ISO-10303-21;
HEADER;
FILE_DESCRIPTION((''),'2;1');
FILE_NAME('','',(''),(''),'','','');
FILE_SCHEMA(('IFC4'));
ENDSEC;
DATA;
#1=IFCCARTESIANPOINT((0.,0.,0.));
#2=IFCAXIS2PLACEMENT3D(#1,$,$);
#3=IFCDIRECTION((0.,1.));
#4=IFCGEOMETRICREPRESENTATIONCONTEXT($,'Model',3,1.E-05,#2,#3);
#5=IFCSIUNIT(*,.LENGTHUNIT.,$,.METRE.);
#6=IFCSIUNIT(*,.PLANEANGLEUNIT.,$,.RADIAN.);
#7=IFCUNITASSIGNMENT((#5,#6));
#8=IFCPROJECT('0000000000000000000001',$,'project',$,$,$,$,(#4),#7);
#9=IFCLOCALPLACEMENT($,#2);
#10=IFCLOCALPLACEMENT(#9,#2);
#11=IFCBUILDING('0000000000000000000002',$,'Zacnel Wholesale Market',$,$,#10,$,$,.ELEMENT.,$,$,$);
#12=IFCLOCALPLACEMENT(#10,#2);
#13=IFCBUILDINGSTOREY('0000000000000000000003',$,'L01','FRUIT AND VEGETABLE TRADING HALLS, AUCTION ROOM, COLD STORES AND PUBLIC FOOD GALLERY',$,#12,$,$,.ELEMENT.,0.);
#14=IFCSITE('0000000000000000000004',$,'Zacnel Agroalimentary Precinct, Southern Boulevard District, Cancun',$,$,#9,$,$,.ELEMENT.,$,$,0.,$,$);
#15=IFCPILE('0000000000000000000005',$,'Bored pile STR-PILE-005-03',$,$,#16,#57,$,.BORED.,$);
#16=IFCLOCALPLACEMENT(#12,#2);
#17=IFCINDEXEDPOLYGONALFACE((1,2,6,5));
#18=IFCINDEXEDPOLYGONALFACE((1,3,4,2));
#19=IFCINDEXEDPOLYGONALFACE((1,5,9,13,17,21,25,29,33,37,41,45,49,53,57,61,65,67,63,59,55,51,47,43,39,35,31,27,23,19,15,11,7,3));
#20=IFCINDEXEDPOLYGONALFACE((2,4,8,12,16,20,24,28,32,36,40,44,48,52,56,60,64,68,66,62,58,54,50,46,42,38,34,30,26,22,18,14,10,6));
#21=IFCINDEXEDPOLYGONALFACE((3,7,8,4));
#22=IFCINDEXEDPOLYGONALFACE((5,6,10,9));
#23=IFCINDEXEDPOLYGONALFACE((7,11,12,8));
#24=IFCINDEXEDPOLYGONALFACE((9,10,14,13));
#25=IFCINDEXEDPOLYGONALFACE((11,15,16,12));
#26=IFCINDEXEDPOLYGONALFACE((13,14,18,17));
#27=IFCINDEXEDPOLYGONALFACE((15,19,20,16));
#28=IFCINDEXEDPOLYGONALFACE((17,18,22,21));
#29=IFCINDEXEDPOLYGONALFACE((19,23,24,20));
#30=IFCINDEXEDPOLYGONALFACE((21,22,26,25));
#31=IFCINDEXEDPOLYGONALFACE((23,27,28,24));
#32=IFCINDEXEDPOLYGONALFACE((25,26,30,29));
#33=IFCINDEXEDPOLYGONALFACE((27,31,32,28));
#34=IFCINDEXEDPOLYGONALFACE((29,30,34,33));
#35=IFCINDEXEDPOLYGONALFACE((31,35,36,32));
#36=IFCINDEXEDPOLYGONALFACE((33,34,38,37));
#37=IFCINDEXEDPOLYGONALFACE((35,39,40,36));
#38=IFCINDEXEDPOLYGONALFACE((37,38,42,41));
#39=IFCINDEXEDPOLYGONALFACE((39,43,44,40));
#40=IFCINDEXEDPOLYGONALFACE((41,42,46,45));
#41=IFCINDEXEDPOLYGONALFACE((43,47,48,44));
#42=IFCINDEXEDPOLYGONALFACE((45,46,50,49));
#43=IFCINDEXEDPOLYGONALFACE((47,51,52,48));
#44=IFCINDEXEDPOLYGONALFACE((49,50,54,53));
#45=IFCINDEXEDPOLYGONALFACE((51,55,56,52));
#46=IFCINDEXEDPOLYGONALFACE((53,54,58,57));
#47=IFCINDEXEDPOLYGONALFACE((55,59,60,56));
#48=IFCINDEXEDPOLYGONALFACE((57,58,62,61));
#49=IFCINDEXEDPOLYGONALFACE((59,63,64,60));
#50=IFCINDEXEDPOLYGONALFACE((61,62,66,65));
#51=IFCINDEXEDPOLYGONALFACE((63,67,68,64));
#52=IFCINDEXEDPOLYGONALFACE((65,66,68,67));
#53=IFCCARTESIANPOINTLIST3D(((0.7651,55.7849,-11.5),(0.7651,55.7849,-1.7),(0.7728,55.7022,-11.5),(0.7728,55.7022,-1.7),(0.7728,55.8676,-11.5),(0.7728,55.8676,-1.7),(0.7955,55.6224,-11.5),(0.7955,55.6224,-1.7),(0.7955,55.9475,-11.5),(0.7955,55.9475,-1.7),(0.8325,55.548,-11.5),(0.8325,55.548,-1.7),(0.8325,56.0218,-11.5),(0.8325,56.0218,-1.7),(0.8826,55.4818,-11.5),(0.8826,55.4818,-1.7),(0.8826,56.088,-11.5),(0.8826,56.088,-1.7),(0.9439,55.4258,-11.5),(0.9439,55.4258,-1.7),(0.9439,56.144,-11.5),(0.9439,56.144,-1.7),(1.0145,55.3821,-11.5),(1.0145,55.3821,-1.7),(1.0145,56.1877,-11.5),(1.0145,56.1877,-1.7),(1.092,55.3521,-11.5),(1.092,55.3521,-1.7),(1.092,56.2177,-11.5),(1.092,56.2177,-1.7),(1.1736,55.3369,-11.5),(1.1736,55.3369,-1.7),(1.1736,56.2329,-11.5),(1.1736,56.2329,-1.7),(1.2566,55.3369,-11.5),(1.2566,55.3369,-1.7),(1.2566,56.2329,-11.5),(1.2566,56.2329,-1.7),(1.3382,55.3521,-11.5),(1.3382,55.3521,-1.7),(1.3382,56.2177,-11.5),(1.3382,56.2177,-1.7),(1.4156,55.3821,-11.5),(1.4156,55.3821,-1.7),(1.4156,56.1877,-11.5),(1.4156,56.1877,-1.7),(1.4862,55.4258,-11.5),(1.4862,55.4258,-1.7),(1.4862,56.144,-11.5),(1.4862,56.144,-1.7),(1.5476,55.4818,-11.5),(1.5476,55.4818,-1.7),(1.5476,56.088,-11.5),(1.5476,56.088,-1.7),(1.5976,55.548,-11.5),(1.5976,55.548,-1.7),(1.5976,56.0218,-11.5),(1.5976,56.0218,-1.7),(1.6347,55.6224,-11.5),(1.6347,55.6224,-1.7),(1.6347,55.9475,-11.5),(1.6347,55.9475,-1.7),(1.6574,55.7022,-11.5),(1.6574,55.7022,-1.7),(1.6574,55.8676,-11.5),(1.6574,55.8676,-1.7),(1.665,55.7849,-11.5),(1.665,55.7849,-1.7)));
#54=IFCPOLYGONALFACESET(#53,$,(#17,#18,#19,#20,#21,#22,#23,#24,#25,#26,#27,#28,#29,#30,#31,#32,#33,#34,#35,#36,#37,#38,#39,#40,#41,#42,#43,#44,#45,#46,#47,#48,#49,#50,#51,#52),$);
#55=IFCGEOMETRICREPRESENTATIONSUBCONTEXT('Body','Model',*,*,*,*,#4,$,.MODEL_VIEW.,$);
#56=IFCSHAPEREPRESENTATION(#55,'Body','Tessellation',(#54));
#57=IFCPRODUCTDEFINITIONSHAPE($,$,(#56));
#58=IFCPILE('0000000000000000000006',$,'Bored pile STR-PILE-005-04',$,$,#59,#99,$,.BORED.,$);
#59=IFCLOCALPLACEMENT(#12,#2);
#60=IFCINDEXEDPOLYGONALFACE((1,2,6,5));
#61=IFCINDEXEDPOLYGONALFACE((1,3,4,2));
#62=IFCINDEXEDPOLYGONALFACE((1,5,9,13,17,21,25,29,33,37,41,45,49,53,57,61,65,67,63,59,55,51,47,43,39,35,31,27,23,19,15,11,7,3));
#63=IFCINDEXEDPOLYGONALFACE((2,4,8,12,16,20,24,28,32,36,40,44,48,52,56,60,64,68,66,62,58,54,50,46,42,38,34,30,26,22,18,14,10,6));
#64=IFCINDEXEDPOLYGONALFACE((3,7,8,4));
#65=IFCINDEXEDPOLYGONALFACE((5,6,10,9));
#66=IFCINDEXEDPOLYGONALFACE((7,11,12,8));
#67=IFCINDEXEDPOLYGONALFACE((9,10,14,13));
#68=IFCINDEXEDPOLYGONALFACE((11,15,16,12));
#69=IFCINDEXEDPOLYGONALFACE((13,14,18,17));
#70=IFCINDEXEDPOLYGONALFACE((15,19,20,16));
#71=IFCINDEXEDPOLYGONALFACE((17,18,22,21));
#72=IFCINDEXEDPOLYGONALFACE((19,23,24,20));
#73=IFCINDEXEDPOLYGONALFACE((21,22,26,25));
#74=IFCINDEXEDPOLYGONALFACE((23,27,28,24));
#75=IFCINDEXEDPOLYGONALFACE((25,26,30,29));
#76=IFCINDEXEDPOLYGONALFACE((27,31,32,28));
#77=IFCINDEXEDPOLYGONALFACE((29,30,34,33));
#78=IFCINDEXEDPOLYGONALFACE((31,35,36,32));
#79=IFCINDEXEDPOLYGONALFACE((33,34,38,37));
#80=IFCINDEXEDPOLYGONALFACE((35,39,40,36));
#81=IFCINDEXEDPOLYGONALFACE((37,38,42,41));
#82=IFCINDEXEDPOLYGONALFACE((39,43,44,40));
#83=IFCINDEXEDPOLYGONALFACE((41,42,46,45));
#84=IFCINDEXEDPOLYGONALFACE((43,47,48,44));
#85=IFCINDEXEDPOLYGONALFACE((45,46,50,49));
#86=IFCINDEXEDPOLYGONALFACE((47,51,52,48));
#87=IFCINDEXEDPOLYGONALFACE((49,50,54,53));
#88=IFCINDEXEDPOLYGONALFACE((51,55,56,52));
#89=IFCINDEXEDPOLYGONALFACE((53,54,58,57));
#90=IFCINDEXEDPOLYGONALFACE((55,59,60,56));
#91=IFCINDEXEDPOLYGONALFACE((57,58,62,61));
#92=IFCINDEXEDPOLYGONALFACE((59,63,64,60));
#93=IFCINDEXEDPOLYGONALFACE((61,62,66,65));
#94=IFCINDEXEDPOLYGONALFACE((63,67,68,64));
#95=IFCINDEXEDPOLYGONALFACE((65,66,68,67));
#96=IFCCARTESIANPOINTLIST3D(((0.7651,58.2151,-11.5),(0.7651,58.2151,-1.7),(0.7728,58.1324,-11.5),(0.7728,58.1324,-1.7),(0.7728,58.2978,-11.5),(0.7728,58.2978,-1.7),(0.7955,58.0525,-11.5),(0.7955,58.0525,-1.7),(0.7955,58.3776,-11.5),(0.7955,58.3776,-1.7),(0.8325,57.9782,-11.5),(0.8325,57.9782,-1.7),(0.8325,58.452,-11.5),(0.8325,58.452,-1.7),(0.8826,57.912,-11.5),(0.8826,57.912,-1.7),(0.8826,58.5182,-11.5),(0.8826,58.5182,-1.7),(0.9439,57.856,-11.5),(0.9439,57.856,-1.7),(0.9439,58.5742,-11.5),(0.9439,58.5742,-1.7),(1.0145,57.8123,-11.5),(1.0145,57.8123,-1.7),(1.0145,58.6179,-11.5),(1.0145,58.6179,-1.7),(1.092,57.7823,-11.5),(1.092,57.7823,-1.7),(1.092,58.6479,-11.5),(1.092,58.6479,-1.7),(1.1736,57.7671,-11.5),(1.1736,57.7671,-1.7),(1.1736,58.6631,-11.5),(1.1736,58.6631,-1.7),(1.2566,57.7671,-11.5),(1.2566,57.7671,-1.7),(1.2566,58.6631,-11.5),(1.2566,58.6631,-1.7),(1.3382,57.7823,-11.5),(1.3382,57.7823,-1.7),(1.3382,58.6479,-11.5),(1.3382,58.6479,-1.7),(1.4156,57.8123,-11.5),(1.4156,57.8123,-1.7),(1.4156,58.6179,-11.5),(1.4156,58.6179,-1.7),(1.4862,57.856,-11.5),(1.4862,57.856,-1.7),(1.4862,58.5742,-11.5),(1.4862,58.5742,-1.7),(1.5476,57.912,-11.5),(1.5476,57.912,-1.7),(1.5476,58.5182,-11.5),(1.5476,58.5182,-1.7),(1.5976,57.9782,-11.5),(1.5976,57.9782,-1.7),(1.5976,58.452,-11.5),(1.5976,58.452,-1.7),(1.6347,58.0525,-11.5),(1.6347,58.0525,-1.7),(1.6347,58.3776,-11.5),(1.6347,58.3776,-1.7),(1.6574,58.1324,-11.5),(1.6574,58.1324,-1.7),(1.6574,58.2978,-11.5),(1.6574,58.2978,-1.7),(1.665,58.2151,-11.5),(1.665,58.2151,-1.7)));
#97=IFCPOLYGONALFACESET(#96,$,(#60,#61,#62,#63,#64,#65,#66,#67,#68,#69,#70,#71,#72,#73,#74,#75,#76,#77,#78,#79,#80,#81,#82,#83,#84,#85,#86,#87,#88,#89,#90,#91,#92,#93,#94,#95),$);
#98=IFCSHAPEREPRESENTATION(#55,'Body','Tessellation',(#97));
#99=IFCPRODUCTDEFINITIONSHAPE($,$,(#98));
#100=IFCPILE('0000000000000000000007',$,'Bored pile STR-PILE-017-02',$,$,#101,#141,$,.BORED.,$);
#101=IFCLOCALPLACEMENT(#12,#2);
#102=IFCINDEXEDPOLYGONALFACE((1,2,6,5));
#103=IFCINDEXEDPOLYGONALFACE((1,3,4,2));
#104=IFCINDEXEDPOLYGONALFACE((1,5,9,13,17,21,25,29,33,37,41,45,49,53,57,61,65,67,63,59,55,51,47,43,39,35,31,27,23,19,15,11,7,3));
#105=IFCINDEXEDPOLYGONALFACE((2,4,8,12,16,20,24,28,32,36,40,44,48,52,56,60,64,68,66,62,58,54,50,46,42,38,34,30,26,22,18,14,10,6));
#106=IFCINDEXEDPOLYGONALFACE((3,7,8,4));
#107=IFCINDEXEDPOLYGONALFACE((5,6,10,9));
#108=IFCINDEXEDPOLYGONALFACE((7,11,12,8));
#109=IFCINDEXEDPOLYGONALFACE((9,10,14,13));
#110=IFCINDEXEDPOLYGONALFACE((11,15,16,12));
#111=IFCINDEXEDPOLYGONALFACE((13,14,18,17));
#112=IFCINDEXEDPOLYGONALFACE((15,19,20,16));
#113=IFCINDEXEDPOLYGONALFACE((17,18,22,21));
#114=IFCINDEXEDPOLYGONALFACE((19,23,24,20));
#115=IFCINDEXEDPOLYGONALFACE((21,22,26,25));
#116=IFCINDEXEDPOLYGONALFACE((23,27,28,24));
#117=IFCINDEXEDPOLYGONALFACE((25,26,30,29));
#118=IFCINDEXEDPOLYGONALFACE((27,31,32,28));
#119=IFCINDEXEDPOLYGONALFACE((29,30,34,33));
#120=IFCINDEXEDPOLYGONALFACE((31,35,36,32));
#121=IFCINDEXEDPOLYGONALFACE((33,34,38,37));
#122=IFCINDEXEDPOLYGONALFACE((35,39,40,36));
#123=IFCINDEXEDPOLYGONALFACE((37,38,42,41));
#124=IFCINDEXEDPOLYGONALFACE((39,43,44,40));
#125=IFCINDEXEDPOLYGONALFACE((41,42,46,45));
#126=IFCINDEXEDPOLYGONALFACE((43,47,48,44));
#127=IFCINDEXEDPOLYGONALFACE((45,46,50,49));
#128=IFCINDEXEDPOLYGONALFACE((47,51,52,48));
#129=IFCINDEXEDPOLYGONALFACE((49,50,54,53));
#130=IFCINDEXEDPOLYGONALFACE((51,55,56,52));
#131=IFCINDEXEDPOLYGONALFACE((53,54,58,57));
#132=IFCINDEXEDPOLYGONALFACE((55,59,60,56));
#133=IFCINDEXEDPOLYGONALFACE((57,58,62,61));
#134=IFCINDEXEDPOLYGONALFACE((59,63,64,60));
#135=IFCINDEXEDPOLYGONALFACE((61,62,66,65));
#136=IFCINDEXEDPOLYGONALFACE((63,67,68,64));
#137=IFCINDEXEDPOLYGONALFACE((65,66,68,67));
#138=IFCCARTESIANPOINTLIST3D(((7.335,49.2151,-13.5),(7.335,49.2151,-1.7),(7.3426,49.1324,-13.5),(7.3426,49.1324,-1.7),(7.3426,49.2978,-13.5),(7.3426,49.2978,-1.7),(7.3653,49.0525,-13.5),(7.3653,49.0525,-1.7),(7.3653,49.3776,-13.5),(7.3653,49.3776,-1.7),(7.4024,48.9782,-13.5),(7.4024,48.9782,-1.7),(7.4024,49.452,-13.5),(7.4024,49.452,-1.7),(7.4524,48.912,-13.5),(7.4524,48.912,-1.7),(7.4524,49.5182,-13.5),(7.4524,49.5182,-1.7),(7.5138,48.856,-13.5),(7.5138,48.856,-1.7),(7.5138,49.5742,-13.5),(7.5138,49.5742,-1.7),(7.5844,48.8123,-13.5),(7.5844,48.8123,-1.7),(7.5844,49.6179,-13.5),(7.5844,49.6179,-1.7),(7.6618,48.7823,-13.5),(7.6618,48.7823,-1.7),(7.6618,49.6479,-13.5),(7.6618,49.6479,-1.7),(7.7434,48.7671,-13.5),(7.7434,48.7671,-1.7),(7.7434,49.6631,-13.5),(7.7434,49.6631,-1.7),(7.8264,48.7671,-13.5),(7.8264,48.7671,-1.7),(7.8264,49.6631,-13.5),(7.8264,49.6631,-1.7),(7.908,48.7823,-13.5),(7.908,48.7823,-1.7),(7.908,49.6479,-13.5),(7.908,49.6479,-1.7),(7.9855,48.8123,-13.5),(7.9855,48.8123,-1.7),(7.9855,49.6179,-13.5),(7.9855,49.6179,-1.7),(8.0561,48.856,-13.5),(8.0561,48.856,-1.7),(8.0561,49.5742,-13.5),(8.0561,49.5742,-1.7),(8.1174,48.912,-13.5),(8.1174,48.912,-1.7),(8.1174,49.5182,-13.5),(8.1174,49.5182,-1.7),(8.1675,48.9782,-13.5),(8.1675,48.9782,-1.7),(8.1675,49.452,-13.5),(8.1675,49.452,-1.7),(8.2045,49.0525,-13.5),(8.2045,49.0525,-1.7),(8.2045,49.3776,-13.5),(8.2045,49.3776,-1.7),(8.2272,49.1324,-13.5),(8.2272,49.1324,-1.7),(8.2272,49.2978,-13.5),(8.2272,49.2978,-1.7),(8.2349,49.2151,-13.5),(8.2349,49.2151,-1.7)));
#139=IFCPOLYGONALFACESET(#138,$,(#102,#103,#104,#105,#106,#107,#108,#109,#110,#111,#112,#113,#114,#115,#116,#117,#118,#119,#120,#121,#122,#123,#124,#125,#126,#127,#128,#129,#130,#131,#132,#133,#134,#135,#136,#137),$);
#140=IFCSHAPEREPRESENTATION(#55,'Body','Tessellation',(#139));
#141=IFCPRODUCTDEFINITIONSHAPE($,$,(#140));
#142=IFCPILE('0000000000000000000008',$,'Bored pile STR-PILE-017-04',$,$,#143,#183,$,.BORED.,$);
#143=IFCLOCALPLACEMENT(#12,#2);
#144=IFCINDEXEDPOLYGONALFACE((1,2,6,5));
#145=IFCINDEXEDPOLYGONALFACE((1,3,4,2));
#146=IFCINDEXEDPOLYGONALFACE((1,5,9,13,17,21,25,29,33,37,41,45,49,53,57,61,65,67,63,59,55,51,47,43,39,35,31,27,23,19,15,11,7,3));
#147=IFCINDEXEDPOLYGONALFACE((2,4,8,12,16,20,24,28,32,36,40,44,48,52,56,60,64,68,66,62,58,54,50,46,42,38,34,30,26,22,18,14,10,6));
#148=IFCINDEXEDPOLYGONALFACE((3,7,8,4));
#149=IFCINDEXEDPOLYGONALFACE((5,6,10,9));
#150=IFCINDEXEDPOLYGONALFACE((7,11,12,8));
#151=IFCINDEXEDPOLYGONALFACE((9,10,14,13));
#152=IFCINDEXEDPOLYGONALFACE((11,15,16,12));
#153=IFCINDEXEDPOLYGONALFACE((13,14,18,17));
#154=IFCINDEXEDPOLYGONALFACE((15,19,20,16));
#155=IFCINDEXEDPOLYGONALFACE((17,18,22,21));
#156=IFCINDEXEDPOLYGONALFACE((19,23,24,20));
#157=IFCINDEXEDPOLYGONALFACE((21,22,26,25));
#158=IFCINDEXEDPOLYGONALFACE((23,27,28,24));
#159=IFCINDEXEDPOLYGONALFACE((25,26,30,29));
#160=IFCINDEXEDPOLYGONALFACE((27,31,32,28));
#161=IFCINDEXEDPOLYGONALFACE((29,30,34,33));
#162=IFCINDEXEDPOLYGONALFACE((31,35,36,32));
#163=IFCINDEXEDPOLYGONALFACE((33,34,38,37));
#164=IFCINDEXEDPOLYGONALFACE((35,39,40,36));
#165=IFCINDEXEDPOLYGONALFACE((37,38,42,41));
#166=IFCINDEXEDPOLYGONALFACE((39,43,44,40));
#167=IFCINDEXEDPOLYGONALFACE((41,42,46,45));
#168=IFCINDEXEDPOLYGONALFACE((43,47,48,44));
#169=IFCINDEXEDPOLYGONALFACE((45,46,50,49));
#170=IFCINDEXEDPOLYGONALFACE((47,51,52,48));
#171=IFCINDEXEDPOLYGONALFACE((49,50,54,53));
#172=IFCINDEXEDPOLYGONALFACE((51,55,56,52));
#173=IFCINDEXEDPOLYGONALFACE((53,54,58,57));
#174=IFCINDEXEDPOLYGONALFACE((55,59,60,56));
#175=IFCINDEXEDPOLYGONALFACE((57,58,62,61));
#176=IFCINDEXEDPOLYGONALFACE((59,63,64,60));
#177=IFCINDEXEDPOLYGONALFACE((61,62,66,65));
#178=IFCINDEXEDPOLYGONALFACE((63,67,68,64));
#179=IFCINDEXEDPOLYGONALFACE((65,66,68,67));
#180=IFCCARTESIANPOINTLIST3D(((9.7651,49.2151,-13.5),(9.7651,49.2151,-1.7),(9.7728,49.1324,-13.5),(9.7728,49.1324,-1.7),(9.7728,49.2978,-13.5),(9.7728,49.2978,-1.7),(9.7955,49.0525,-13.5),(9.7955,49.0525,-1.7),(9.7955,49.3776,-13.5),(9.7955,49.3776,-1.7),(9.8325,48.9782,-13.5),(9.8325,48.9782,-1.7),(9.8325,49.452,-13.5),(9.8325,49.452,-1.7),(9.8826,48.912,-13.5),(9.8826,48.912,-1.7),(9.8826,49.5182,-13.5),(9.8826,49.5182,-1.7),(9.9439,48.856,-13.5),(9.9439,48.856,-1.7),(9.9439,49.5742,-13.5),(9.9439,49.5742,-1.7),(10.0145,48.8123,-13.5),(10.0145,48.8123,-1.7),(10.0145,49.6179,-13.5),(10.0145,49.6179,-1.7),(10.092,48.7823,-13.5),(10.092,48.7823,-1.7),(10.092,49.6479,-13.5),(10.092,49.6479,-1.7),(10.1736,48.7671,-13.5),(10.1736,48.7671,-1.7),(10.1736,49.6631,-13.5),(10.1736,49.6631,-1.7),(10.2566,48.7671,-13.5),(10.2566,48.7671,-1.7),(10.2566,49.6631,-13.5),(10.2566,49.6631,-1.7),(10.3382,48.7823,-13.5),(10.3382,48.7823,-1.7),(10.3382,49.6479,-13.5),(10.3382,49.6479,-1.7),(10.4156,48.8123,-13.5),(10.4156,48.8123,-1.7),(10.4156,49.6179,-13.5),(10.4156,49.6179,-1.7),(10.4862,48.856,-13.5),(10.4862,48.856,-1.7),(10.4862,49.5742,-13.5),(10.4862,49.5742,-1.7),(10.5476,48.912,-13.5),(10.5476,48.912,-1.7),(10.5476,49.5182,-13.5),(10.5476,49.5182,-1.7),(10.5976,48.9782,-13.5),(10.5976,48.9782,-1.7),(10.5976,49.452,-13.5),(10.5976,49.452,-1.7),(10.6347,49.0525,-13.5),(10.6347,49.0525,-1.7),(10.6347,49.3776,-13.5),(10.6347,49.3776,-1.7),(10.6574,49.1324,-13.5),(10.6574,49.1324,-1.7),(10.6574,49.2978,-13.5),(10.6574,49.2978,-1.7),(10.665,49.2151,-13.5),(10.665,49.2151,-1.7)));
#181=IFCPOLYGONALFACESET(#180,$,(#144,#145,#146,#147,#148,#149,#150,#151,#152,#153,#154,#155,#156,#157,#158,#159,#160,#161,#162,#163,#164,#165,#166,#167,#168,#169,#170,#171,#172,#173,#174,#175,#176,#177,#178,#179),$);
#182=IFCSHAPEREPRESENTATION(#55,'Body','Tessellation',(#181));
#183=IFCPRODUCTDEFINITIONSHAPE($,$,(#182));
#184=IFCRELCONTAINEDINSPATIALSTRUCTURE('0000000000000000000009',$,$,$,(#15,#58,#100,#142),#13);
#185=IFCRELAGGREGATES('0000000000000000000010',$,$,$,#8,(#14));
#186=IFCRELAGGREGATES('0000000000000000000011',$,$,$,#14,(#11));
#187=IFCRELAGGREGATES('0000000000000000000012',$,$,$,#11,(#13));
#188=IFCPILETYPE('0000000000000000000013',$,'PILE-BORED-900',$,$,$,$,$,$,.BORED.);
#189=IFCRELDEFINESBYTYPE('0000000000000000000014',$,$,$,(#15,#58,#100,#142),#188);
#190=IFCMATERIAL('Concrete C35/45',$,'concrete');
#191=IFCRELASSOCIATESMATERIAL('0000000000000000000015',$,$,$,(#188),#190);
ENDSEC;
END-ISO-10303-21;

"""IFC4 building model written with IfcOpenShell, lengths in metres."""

from ifc_helpers import new_model, si_unit, direction, frame, origin, origin_2d, place, context, subcontext, project, spatial, circle, extrude, material, material_profile, profile_set, type_object, element, save


model = new_model("IFC4")

# Units and contexts
model_context = context("Model", 3, precision=1e-05, world=origin(), true_north=direction((0.0, 1.0)))
body_context = subcontext(model_context, "Body", "Model", "MODEL_VIEW")
ifc_project = project(units=[si_unit("LENGTHUNIT", "METRE"), si_unit("PLANEANGLEUNIT", "RADIAN")], contexts=[model_context])

# Site, building, storey
site_placement = place(None, origin())
site = spatial("IfcSite", under=ifc_project, at=site_placement, Name="Zacnel Agroalimentary Precinct, Southern Boulevard District, Cancun", CompositionType="ELEMENT", RefElevation=0.0)
building_placement = place(site_placement, origin())
building = spatial("IfcBuilding", under=site, at=building_placement, Name="Zacnel Wholesale Market", CompositionType="ELEMENT")
storey_placement = place(building_placement, origin())
storey = spatial("IfcBuildingStorey", under=building, at=storey_placement, Name="L01", Description="FRUIT AND VEGETABLE TRADING HALLS, AUCTION ROOM, COLD STORES AND PUBLIC FOOD GALLERY", CompositionType="ELEMENT", Elevation=0.0)

# Piles
ifc_material_1 = material(Name="Concrete C35/45", Category="concrete")
ifc_material_profile_1 = material_profile(ifc_material_1, circle(Radius=0.45, at=origin_2d()), Name="BORED PILE D900")
ifc_profile_set_1 = profile_set([ifc_material_profile_1], Name="Concrete C35/45")
pile_type = type_object("IfcPileType", Name="PILE-BORED-900", PredefinedType="BORED", material=ifc_profile_set_1)
for number, where, z_axis, x_axis, name in (
    (1, (1.2151, 55.7849, -1.7), (0.0, 0.0, -1.0), (1.0, 0.0, 0.0), "Bored pile STR-PILE-005-03"),
    (2, (1.2151, 58.2151, -1.7), (0.0, 0.0, -1.0), (1.0, 0.0, 0.0), "Bored pile STR-PILE-005-04"),
):
    element("IfcPile", number, at=place(storey_placement, frame(where, z_axis=z_axis, x_axis=x_axis)), inside=storey, type_object=pile_type, Name=name, PredefinedType="BORED", context=body_context, shape_type="SweptSolid", body=[
        extrude(circle(Radius=0.45, at=origin_2d()), origin(), (0.0, 0.0, 1.0), 9.8),
    ])
for number, where, z_axis, x_axis, name in (
    (3, (7.7849, 49.2151, -1.7), (0.0, 0.0, -1.0), (1.0, 0.0, 0.0), "Bored pile STR-PILE-017-02"),
    (4, (10.2151, 49.2151, -1.7), (0.0, 0.0, -1.0), (1.0, 0.0, 0.0), "Bored pile STR-PILE-017-04"),
):
    element("IfcPile", number, at=place(storey_placement, frame(where, z_axis=z_axis, x_axis=x_axis)), inside=storey, type_object=pile_type, Name=name, PredefinedType="BORED", context=body_context, shape_type="SweptSolid", body=[
        extrude(circle(Radius=0.45, at=origin_2d()), origin(), (0.0, 0.0, 1.0), 11.8),
    ])

save(model, "model.ifc")
